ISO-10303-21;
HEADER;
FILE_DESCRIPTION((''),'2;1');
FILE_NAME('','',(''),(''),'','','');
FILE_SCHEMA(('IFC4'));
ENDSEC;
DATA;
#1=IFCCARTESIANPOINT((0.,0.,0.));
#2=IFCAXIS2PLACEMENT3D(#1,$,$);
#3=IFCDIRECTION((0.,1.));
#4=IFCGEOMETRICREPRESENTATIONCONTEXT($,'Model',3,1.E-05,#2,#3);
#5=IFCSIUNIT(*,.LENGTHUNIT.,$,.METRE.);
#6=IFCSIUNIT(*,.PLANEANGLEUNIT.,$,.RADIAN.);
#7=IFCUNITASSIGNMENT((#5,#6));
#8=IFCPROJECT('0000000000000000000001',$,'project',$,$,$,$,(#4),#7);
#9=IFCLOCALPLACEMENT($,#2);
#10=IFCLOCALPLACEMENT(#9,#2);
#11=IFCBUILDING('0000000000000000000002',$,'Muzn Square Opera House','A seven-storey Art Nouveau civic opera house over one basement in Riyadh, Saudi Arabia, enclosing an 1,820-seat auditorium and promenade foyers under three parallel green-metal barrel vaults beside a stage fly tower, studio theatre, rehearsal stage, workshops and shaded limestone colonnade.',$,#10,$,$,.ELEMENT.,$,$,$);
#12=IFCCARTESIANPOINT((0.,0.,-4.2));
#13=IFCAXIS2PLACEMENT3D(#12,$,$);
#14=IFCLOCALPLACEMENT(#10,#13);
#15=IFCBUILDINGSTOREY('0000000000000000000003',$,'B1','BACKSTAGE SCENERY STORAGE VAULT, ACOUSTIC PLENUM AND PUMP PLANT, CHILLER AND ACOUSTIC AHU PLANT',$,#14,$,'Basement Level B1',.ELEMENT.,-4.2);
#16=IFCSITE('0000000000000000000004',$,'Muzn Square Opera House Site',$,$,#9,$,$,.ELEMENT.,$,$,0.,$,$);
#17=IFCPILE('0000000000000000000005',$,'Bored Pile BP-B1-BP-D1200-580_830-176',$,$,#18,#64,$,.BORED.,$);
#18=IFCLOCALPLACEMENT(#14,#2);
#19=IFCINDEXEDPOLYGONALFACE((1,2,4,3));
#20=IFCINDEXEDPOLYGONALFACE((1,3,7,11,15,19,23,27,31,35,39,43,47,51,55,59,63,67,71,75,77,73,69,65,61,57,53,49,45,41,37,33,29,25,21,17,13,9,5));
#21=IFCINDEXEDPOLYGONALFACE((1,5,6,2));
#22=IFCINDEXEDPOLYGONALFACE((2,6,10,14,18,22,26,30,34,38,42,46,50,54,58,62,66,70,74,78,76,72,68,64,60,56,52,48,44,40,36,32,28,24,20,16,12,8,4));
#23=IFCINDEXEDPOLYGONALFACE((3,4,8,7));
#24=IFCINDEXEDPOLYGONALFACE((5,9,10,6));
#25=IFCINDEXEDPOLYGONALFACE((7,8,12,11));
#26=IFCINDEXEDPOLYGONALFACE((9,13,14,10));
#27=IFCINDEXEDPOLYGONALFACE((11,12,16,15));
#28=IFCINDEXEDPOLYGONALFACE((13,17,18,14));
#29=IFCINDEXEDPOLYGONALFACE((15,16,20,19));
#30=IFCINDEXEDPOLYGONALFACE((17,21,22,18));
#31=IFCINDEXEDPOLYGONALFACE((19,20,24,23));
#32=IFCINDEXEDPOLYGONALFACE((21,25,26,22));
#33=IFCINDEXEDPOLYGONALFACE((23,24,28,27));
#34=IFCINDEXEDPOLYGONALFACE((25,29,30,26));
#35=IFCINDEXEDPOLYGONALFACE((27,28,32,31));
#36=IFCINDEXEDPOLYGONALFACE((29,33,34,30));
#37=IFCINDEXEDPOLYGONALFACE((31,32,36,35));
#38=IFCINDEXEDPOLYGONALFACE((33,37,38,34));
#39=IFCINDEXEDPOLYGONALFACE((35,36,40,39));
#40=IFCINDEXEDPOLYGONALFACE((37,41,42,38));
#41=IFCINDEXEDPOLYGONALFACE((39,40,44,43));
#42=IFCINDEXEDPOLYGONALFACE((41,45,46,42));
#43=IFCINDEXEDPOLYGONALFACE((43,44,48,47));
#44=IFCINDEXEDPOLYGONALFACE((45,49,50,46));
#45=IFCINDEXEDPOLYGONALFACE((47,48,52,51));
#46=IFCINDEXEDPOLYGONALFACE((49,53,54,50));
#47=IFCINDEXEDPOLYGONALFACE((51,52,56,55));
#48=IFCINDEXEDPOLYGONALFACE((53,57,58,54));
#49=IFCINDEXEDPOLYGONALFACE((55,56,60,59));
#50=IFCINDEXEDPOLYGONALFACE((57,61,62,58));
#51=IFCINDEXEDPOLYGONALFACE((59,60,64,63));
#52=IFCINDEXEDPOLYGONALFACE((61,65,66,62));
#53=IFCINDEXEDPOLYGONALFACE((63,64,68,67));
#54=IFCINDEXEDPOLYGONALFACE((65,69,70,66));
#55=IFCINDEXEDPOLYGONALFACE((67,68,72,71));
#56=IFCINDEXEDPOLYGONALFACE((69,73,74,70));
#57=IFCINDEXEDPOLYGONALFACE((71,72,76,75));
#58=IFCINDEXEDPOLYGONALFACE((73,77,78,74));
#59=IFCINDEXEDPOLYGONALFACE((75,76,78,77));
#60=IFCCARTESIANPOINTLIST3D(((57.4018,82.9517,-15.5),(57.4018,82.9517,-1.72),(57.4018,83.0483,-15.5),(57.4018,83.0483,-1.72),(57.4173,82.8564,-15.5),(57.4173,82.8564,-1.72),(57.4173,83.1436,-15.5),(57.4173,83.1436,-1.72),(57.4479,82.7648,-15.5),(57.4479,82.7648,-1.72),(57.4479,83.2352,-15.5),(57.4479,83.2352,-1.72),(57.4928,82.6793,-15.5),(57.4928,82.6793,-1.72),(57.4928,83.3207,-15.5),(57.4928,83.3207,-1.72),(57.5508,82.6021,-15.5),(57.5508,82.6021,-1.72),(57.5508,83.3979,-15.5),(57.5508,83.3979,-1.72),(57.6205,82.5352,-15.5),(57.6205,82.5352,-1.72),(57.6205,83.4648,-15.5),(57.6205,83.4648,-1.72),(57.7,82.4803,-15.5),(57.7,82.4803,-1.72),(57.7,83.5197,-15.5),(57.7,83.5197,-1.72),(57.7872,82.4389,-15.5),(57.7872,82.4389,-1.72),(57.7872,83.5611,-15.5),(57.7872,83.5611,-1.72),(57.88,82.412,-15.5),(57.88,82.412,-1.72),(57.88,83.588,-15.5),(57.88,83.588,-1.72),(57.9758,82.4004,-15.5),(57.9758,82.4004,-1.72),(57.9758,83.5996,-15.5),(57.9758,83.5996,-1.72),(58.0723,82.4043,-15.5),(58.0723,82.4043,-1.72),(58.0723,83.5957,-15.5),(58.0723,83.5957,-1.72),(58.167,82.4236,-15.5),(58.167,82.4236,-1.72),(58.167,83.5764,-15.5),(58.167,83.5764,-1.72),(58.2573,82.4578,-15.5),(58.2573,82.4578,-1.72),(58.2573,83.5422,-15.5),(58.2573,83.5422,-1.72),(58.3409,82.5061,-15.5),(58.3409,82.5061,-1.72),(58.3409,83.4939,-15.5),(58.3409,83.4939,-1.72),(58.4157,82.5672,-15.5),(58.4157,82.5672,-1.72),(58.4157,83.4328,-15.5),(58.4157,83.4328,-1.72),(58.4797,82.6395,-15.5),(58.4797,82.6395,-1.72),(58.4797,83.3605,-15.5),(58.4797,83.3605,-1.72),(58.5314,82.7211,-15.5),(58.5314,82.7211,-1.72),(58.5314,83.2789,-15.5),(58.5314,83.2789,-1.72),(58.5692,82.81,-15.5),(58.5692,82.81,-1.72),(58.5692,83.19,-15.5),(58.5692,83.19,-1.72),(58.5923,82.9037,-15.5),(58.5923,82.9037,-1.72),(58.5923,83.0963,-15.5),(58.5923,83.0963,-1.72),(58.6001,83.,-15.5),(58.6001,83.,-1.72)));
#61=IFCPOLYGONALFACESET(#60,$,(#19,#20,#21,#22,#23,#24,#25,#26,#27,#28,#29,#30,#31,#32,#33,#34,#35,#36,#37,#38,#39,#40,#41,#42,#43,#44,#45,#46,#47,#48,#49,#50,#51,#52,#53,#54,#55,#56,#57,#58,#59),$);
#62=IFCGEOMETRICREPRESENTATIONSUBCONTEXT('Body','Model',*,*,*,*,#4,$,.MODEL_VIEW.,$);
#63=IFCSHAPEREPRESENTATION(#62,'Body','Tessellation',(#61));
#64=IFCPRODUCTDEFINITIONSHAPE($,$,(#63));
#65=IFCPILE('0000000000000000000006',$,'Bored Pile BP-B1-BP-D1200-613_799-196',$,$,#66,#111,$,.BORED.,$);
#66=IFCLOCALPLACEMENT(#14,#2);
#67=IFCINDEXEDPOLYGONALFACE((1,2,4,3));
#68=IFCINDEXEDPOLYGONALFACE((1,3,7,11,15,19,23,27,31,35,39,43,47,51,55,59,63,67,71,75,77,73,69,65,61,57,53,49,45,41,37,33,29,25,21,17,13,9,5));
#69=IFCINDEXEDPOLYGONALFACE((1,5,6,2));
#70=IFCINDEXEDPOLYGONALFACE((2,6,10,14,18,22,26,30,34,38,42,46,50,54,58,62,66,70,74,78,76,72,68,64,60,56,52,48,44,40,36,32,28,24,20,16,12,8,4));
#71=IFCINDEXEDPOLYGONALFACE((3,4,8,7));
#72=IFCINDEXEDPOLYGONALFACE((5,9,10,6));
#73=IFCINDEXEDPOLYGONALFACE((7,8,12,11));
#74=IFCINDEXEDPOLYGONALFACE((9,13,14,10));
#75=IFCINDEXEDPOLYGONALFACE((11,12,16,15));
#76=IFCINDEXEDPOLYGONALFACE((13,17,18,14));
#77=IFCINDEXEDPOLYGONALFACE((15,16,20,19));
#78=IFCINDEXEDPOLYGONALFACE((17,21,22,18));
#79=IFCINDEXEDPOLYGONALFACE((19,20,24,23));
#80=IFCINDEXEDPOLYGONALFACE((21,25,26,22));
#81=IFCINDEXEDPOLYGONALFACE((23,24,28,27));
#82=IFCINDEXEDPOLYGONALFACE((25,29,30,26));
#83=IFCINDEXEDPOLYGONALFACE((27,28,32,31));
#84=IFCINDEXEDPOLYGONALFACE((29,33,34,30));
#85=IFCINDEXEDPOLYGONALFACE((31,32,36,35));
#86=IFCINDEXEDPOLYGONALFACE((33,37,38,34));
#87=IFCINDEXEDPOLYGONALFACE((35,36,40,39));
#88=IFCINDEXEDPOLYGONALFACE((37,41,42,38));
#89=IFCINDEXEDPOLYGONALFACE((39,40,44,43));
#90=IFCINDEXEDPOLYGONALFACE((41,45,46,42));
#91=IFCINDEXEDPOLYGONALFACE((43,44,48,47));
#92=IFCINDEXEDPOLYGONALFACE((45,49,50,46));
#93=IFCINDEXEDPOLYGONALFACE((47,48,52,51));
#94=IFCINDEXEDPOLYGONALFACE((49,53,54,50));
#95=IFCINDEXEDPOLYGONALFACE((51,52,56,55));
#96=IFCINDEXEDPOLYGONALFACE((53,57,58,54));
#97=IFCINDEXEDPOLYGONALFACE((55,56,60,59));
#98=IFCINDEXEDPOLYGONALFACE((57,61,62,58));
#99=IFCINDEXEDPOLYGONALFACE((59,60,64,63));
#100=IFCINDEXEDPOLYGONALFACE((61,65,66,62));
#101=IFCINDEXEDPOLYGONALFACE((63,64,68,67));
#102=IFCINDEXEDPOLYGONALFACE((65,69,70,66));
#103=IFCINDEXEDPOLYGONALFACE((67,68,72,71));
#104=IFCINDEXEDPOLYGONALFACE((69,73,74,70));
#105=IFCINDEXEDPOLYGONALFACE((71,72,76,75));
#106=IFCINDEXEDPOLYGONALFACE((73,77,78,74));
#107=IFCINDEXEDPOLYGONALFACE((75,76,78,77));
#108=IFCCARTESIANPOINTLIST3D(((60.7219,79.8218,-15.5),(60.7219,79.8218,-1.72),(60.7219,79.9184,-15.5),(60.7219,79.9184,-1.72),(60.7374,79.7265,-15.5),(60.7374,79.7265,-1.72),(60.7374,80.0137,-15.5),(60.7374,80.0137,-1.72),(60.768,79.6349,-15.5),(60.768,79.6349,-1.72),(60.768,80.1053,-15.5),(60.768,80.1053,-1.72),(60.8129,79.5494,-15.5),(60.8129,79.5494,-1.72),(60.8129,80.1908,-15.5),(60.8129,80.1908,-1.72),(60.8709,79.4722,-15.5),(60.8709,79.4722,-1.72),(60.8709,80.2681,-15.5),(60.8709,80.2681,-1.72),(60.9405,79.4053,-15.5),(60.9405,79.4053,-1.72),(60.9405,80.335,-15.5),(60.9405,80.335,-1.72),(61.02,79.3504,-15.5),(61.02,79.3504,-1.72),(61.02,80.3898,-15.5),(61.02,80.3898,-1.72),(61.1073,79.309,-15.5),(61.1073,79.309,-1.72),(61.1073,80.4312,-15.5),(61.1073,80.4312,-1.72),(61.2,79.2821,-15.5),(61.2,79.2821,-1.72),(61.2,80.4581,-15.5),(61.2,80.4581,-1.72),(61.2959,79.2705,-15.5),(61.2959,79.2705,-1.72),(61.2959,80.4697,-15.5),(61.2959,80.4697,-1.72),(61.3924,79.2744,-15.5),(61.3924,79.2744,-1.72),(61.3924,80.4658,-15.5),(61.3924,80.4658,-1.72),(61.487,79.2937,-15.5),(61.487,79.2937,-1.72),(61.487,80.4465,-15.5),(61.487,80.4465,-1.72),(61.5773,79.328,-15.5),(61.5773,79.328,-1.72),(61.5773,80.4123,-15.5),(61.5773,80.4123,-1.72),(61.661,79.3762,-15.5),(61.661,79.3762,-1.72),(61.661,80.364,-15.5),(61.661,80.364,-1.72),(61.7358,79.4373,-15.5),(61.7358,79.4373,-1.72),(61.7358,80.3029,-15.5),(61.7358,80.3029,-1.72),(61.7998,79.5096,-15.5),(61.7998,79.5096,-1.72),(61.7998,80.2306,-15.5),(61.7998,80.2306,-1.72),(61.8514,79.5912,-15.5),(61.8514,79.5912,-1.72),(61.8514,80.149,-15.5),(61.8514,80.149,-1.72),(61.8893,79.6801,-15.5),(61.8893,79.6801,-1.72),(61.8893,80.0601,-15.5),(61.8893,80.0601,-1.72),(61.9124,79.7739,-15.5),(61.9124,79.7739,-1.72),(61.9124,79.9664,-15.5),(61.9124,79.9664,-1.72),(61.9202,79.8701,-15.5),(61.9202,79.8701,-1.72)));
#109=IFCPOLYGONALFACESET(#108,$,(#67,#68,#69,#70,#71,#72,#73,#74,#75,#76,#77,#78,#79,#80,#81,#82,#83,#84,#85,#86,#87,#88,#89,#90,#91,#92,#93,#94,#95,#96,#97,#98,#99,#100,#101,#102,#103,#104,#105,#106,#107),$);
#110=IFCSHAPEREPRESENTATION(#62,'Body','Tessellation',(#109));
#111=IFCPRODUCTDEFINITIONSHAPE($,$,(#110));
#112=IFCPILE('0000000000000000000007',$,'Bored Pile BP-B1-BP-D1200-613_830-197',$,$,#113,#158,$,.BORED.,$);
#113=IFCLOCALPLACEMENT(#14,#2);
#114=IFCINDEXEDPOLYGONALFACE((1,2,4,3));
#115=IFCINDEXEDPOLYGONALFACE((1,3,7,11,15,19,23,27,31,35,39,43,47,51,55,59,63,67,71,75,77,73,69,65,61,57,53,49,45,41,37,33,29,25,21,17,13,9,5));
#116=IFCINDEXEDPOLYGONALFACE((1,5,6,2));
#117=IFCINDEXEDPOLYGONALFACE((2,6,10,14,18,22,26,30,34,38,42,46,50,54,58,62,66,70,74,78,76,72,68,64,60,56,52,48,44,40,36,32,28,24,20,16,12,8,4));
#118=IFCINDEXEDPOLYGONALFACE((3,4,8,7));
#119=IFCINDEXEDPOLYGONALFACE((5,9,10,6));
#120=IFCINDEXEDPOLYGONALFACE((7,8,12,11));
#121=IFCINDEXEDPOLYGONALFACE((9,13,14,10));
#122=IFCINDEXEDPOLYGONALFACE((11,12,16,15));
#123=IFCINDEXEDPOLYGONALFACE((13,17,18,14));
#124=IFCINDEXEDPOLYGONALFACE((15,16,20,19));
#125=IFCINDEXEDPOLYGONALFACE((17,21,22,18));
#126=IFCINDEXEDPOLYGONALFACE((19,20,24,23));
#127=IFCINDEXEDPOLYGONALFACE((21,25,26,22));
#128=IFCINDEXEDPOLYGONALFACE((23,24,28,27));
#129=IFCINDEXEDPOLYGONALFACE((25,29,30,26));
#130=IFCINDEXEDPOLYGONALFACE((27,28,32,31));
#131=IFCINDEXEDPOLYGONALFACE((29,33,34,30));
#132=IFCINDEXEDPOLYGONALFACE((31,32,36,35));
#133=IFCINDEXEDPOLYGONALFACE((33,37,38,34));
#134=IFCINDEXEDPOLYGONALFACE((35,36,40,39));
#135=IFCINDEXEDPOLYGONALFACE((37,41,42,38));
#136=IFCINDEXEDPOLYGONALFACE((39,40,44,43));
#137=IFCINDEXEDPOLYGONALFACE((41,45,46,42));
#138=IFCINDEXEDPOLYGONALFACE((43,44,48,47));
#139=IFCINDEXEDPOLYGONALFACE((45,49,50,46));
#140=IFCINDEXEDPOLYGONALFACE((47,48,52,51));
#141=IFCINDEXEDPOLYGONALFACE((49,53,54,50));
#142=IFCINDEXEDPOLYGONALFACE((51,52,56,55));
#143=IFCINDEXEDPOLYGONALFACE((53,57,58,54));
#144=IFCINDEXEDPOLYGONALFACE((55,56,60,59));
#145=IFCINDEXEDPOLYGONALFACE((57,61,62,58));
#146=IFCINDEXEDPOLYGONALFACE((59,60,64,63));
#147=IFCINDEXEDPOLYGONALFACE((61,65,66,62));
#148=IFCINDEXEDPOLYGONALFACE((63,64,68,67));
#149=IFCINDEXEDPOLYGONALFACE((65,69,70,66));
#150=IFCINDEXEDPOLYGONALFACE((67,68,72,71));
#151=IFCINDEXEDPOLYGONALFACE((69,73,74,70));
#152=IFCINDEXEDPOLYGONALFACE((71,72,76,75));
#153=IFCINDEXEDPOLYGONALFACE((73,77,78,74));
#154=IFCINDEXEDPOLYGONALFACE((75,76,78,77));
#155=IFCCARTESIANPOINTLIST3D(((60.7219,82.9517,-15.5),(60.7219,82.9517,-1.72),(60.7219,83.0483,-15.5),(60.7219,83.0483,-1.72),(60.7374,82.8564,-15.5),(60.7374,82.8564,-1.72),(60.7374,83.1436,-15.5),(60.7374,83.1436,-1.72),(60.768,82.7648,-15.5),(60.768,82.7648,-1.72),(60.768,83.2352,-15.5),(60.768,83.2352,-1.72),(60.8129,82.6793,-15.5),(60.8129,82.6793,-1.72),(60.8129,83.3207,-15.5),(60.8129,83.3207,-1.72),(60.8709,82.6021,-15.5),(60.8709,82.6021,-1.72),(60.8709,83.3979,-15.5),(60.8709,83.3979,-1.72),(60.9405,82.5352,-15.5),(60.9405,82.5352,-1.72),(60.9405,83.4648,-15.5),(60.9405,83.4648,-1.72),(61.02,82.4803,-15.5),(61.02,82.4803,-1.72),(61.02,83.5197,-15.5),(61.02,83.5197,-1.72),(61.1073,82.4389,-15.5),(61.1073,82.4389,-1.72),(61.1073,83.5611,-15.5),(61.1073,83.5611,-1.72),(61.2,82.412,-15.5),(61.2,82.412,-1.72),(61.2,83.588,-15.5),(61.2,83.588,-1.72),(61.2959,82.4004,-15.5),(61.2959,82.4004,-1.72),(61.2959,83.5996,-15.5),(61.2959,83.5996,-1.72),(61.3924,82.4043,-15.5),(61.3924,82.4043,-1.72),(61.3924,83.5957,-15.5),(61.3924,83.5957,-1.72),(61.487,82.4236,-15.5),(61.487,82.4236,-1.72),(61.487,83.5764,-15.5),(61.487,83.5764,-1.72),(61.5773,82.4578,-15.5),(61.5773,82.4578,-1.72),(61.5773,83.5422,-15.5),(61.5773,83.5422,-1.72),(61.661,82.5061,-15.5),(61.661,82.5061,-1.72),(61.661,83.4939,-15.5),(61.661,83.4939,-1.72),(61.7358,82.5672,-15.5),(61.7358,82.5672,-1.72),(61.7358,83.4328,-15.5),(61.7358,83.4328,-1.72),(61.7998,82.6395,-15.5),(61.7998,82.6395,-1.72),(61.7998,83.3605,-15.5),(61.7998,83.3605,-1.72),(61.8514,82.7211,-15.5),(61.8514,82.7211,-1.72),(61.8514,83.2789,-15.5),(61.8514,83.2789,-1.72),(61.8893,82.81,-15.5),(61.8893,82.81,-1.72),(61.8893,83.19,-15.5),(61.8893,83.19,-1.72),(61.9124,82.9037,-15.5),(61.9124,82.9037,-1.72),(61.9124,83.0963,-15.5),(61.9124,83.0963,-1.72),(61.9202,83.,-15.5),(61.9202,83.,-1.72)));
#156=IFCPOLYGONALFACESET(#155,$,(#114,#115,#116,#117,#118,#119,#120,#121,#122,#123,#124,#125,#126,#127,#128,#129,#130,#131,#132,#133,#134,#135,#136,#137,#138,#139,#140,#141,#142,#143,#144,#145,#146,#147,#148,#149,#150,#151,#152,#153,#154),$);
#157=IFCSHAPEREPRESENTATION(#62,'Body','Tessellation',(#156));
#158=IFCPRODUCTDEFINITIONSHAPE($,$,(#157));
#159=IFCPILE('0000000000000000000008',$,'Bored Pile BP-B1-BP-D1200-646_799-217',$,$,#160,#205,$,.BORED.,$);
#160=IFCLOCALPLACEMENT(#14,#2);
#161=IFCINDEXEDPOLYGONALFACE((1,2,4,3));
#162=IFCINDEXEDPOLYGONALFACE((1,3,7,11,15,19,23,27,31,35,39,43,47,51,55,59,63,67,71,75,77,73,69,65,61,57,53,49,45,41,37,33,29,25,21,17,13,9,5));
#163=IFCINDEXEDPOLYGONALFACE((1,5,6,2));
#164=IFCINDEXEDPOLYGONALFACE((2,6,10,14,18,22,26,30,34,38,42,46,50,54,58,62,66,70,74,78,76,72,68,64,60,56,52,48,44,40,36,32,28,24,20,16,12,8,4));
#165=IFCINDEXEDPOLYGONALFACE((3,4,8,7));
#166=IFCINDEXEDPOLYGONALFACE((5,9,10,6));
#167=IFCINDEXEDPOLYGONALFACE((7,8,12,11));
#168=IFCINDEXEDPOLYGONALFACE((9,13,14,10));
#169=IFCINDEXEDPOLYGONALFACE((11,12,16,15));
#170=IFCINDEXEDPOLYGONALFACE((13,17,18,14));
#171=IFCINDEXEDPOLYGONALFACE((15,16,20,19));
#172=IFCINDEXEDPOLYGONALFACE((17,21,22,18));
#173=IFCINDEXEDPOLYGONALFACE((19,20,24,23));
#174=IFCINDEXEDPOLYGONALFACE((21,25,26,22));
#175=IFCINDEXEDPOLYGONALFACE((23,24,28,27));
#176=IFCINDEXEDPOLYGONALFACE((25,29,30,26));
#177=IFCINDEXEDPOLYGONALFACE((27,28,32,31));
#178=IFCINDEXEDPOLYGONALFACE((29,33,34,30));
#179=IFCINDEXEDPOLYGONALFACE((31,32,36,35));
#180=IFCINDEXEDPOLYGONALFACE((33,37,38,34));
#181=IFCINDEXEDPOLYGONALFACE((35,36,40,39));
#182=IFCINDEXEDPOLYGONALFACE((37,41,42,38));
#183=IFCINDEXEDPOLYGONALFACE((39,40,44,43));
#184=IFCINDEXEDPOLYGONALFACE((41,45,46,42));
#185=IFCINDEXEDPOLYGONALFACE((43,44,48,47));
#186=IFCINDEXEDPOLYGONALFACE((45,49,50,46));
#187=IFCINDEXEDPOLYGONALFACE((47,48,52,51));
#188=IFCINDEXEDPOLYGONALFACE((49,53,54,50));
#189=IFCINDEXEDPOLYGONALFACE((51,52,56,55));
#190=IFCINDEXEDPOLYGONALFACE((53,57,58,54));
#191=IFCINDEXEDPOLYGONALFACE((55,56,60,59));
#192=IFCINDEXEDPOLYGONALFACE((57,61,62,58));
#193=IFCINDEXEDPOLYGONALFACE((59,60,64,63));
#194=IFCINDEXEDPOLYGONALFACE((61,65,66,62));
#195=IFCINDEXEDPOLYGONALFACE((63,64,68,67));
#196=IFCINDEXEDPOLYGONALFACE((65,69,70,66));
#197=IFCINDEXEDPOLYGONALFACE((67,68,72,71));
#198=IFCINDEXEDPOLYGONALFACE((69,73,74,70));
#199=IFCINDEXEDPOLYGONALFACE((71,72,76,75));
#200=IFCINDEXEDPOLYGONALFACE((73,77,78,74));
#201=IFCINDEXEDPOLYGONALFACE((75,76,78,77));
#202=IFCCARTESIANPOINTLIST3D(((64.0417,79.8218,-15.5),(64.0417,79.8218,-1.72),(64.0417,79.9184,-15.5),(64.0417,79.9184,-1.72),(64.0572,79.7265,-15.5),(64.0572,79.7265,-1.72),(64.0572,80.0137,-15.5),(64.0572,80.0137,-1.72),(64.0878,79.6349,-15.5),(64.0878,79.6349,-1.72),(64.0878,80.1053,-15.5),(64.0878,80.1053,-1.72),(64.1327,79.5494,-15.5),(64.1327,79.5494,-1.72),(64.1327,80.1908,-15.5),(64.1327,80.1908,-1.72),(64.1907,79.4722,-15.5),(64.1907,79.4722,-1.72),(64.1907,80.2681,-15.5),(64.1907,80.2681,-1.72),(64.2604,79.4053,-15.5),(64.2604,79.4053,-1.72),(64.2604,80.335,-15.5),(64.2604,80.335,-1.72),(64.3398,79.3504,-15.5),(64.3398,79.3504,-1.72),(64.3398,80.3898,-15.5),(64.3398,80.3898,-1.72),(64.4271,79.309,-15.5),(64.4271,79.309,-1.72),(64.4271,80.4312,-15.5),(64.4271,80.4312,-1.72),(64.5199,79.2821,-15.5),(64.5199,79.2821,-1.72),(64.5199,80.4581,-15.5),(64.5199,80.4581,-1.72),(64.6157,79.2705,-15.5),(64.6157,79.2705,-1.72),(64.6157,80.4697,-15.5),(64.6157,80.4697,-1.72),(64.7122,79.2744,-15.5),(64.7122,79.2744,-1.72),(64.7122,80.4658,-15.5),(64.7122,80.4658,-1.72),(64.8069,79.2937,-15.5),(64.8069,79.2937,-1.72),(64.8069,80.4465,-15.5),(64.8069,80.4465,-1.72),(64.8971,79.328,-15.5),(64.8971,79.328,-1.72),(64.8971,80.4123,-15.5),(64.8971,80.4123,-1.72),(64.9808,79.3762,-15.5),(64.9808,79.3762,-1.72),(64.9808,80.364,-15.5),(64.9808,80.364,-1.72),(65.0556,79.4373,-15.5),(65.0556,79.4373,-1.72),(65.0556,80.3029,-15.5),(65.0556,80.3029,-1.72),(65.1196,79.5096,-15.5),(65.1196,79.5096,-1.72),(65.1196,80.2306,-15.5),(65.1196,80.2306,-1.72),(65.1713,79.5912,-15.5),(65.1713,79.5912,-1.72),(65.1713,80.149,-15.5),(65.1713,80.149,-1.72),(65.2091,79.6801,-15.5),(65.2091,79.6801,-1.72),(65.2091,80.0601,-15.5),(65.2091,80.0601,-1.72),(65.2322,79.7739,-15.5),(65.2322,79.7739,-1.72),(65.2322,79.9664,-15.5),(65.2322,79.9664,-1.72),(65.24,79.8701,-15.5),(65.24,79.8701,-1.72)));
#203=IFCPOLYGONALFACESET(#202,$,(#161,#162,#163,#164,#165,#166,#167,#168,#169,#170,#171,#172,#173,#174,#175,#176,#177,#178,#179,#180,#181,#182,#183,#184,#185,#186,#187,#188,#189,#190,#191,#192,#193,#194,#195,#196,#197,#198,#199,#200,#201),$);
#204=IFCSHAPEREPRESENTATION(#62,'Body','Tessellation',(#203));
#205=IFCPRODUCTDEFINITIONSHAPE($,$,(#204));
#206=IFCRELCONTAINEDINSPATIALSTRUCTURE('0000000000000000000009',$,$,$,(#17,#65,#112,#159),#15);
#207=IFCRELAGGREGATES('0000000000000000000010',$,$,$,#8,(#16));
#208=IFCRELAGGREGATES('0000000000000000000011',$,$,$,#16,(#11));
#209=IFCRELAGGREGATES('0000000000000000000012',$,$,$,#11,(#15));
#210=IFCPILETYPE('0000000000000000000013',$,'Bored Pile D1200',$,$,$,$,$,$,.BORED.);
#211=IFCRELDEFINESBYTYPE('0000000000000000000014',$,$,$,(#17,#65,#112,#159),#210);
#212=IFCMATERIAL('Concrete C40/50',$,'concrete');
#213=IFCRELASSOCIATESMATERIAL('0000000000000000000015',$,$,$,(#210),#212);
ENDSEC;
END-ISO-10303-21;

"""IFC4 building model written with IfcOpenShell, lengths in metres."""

from ifc_helpers import new_model, si_unit, direction, frame, origin, origin_2d, place, context, subcontext, project, spatial, circle, extrude, material, material_profile, profile_set, type_object, element, save


model = new_model("IFC4")

# Units and contexts
model_context = context("Model", 3, precision=1e-05, world=origin(), true_north=direction((0.0, 1.0)))
body_context = subcontext(model_context, "Body", "Model", "MODEL_VIEW")
ifc_project = project(units=[si_unit("LENGTHUNIT", "METRE"), si_unit("PLANEANGLEUNIT", "RADIAN")], contexts=[model_context])

# Site, building, storey
site_placement = place(None, origin())
site = spatial("IfcSite", under=ifc_project, at=site_placement, Name="Muzn Square Opera House Site", CompositionType="ELEMENT", RefElevation=0.0)
building_placement = place(site_placement, origin())
building = spatial("IfcBuilding", under=site, at=building_placement, Name="Muzn Square Opera House", Description="A seven-storey Art Nouveau civic opera house over one basement in Riyadh, Saudi Arabia, enclosing an 1,820-seat auditorium and promenade foyers under three parallel green-metal barrel vaults beside a stage fly tower, studio theatre, rehearsal stage, workshops and shaded limestone colonnade.", CompositionType="ELEMENT")
storey_placement = place(building_placement, frame((0.0, 0.0, -4.2)))
storey = spatial("IfcBuildingStorey", under=building, at=storey_placement, Name="B1", Description="BACKSTAGE SCENERY STORAGE VAULT, ACOUSTIC PLENUM AND PUMP PLANT, CHILLER AND ACOUSTIC AHU PLANT", LongName="Basement Level B1", CompositionType="ELEMENT", Elevation=-4.2)

# Piles
ifc_material_1 = material(Name="Concrete C40/50", Category="concrete")
ifc_material_profile_1 = material_profile(ifc_material_1, circle(Radius=0.6001, at=origin_2d()), Name="BORED PILE D1200", Category="concrete")
ifc_profile_set_1 = profile_set([ifc_material_profile_1], Name="Concrete C40/50")
pile_type = type_object("IfcPileType", Name="Bored Pile D1200", PredefinedType="BORED", material=ifc_profile_set_1)
for number, where, z_axis, x_axis, name in (
    (1, (58.0, 83.0, -1.72), (0.0, 0.0, -1.0), (1.0, 0.0, 0.0), "Bored Pile BP-B1-BP-D1200-580_830-176"),
    (2, (61.3201, 79.8701, -1.72), (0.0, 0.0, -1.0), (1.0, 0.0, 0.0), "Bored Pile BP-B1-BP-D1200-613_799-196"),
    (3, (61.3201, 83.0, -1.72), (0.0, 0.0, -1.0), (1.0, 0.0, 0.0), "Bored Pile BP-B1-BP-D1200-613_830-197"),
    (4, (64.6399, 79.8701, -1.72), (0.0, 0.0, -1.0), (1.0, 0.0, 0.0), "Bored Pile BP-B1-BP-D1200-646_799-217"),
):
    element("IfcPile", number, at=place(storey_placement, frame(where, z_axis=z_axis, x_axis=x_axis)), inside=storey, type_object=pile_type, Name=name, PredefinedType="BORED", context=body_context, shape_type="SweptSolid", body=[
        extrude(circle(Radius=0.6001, at=origin_2d()), origin(), (0.0, 0.0, 1.0), 13.78),
    ])

save(model, "model.ifc")
